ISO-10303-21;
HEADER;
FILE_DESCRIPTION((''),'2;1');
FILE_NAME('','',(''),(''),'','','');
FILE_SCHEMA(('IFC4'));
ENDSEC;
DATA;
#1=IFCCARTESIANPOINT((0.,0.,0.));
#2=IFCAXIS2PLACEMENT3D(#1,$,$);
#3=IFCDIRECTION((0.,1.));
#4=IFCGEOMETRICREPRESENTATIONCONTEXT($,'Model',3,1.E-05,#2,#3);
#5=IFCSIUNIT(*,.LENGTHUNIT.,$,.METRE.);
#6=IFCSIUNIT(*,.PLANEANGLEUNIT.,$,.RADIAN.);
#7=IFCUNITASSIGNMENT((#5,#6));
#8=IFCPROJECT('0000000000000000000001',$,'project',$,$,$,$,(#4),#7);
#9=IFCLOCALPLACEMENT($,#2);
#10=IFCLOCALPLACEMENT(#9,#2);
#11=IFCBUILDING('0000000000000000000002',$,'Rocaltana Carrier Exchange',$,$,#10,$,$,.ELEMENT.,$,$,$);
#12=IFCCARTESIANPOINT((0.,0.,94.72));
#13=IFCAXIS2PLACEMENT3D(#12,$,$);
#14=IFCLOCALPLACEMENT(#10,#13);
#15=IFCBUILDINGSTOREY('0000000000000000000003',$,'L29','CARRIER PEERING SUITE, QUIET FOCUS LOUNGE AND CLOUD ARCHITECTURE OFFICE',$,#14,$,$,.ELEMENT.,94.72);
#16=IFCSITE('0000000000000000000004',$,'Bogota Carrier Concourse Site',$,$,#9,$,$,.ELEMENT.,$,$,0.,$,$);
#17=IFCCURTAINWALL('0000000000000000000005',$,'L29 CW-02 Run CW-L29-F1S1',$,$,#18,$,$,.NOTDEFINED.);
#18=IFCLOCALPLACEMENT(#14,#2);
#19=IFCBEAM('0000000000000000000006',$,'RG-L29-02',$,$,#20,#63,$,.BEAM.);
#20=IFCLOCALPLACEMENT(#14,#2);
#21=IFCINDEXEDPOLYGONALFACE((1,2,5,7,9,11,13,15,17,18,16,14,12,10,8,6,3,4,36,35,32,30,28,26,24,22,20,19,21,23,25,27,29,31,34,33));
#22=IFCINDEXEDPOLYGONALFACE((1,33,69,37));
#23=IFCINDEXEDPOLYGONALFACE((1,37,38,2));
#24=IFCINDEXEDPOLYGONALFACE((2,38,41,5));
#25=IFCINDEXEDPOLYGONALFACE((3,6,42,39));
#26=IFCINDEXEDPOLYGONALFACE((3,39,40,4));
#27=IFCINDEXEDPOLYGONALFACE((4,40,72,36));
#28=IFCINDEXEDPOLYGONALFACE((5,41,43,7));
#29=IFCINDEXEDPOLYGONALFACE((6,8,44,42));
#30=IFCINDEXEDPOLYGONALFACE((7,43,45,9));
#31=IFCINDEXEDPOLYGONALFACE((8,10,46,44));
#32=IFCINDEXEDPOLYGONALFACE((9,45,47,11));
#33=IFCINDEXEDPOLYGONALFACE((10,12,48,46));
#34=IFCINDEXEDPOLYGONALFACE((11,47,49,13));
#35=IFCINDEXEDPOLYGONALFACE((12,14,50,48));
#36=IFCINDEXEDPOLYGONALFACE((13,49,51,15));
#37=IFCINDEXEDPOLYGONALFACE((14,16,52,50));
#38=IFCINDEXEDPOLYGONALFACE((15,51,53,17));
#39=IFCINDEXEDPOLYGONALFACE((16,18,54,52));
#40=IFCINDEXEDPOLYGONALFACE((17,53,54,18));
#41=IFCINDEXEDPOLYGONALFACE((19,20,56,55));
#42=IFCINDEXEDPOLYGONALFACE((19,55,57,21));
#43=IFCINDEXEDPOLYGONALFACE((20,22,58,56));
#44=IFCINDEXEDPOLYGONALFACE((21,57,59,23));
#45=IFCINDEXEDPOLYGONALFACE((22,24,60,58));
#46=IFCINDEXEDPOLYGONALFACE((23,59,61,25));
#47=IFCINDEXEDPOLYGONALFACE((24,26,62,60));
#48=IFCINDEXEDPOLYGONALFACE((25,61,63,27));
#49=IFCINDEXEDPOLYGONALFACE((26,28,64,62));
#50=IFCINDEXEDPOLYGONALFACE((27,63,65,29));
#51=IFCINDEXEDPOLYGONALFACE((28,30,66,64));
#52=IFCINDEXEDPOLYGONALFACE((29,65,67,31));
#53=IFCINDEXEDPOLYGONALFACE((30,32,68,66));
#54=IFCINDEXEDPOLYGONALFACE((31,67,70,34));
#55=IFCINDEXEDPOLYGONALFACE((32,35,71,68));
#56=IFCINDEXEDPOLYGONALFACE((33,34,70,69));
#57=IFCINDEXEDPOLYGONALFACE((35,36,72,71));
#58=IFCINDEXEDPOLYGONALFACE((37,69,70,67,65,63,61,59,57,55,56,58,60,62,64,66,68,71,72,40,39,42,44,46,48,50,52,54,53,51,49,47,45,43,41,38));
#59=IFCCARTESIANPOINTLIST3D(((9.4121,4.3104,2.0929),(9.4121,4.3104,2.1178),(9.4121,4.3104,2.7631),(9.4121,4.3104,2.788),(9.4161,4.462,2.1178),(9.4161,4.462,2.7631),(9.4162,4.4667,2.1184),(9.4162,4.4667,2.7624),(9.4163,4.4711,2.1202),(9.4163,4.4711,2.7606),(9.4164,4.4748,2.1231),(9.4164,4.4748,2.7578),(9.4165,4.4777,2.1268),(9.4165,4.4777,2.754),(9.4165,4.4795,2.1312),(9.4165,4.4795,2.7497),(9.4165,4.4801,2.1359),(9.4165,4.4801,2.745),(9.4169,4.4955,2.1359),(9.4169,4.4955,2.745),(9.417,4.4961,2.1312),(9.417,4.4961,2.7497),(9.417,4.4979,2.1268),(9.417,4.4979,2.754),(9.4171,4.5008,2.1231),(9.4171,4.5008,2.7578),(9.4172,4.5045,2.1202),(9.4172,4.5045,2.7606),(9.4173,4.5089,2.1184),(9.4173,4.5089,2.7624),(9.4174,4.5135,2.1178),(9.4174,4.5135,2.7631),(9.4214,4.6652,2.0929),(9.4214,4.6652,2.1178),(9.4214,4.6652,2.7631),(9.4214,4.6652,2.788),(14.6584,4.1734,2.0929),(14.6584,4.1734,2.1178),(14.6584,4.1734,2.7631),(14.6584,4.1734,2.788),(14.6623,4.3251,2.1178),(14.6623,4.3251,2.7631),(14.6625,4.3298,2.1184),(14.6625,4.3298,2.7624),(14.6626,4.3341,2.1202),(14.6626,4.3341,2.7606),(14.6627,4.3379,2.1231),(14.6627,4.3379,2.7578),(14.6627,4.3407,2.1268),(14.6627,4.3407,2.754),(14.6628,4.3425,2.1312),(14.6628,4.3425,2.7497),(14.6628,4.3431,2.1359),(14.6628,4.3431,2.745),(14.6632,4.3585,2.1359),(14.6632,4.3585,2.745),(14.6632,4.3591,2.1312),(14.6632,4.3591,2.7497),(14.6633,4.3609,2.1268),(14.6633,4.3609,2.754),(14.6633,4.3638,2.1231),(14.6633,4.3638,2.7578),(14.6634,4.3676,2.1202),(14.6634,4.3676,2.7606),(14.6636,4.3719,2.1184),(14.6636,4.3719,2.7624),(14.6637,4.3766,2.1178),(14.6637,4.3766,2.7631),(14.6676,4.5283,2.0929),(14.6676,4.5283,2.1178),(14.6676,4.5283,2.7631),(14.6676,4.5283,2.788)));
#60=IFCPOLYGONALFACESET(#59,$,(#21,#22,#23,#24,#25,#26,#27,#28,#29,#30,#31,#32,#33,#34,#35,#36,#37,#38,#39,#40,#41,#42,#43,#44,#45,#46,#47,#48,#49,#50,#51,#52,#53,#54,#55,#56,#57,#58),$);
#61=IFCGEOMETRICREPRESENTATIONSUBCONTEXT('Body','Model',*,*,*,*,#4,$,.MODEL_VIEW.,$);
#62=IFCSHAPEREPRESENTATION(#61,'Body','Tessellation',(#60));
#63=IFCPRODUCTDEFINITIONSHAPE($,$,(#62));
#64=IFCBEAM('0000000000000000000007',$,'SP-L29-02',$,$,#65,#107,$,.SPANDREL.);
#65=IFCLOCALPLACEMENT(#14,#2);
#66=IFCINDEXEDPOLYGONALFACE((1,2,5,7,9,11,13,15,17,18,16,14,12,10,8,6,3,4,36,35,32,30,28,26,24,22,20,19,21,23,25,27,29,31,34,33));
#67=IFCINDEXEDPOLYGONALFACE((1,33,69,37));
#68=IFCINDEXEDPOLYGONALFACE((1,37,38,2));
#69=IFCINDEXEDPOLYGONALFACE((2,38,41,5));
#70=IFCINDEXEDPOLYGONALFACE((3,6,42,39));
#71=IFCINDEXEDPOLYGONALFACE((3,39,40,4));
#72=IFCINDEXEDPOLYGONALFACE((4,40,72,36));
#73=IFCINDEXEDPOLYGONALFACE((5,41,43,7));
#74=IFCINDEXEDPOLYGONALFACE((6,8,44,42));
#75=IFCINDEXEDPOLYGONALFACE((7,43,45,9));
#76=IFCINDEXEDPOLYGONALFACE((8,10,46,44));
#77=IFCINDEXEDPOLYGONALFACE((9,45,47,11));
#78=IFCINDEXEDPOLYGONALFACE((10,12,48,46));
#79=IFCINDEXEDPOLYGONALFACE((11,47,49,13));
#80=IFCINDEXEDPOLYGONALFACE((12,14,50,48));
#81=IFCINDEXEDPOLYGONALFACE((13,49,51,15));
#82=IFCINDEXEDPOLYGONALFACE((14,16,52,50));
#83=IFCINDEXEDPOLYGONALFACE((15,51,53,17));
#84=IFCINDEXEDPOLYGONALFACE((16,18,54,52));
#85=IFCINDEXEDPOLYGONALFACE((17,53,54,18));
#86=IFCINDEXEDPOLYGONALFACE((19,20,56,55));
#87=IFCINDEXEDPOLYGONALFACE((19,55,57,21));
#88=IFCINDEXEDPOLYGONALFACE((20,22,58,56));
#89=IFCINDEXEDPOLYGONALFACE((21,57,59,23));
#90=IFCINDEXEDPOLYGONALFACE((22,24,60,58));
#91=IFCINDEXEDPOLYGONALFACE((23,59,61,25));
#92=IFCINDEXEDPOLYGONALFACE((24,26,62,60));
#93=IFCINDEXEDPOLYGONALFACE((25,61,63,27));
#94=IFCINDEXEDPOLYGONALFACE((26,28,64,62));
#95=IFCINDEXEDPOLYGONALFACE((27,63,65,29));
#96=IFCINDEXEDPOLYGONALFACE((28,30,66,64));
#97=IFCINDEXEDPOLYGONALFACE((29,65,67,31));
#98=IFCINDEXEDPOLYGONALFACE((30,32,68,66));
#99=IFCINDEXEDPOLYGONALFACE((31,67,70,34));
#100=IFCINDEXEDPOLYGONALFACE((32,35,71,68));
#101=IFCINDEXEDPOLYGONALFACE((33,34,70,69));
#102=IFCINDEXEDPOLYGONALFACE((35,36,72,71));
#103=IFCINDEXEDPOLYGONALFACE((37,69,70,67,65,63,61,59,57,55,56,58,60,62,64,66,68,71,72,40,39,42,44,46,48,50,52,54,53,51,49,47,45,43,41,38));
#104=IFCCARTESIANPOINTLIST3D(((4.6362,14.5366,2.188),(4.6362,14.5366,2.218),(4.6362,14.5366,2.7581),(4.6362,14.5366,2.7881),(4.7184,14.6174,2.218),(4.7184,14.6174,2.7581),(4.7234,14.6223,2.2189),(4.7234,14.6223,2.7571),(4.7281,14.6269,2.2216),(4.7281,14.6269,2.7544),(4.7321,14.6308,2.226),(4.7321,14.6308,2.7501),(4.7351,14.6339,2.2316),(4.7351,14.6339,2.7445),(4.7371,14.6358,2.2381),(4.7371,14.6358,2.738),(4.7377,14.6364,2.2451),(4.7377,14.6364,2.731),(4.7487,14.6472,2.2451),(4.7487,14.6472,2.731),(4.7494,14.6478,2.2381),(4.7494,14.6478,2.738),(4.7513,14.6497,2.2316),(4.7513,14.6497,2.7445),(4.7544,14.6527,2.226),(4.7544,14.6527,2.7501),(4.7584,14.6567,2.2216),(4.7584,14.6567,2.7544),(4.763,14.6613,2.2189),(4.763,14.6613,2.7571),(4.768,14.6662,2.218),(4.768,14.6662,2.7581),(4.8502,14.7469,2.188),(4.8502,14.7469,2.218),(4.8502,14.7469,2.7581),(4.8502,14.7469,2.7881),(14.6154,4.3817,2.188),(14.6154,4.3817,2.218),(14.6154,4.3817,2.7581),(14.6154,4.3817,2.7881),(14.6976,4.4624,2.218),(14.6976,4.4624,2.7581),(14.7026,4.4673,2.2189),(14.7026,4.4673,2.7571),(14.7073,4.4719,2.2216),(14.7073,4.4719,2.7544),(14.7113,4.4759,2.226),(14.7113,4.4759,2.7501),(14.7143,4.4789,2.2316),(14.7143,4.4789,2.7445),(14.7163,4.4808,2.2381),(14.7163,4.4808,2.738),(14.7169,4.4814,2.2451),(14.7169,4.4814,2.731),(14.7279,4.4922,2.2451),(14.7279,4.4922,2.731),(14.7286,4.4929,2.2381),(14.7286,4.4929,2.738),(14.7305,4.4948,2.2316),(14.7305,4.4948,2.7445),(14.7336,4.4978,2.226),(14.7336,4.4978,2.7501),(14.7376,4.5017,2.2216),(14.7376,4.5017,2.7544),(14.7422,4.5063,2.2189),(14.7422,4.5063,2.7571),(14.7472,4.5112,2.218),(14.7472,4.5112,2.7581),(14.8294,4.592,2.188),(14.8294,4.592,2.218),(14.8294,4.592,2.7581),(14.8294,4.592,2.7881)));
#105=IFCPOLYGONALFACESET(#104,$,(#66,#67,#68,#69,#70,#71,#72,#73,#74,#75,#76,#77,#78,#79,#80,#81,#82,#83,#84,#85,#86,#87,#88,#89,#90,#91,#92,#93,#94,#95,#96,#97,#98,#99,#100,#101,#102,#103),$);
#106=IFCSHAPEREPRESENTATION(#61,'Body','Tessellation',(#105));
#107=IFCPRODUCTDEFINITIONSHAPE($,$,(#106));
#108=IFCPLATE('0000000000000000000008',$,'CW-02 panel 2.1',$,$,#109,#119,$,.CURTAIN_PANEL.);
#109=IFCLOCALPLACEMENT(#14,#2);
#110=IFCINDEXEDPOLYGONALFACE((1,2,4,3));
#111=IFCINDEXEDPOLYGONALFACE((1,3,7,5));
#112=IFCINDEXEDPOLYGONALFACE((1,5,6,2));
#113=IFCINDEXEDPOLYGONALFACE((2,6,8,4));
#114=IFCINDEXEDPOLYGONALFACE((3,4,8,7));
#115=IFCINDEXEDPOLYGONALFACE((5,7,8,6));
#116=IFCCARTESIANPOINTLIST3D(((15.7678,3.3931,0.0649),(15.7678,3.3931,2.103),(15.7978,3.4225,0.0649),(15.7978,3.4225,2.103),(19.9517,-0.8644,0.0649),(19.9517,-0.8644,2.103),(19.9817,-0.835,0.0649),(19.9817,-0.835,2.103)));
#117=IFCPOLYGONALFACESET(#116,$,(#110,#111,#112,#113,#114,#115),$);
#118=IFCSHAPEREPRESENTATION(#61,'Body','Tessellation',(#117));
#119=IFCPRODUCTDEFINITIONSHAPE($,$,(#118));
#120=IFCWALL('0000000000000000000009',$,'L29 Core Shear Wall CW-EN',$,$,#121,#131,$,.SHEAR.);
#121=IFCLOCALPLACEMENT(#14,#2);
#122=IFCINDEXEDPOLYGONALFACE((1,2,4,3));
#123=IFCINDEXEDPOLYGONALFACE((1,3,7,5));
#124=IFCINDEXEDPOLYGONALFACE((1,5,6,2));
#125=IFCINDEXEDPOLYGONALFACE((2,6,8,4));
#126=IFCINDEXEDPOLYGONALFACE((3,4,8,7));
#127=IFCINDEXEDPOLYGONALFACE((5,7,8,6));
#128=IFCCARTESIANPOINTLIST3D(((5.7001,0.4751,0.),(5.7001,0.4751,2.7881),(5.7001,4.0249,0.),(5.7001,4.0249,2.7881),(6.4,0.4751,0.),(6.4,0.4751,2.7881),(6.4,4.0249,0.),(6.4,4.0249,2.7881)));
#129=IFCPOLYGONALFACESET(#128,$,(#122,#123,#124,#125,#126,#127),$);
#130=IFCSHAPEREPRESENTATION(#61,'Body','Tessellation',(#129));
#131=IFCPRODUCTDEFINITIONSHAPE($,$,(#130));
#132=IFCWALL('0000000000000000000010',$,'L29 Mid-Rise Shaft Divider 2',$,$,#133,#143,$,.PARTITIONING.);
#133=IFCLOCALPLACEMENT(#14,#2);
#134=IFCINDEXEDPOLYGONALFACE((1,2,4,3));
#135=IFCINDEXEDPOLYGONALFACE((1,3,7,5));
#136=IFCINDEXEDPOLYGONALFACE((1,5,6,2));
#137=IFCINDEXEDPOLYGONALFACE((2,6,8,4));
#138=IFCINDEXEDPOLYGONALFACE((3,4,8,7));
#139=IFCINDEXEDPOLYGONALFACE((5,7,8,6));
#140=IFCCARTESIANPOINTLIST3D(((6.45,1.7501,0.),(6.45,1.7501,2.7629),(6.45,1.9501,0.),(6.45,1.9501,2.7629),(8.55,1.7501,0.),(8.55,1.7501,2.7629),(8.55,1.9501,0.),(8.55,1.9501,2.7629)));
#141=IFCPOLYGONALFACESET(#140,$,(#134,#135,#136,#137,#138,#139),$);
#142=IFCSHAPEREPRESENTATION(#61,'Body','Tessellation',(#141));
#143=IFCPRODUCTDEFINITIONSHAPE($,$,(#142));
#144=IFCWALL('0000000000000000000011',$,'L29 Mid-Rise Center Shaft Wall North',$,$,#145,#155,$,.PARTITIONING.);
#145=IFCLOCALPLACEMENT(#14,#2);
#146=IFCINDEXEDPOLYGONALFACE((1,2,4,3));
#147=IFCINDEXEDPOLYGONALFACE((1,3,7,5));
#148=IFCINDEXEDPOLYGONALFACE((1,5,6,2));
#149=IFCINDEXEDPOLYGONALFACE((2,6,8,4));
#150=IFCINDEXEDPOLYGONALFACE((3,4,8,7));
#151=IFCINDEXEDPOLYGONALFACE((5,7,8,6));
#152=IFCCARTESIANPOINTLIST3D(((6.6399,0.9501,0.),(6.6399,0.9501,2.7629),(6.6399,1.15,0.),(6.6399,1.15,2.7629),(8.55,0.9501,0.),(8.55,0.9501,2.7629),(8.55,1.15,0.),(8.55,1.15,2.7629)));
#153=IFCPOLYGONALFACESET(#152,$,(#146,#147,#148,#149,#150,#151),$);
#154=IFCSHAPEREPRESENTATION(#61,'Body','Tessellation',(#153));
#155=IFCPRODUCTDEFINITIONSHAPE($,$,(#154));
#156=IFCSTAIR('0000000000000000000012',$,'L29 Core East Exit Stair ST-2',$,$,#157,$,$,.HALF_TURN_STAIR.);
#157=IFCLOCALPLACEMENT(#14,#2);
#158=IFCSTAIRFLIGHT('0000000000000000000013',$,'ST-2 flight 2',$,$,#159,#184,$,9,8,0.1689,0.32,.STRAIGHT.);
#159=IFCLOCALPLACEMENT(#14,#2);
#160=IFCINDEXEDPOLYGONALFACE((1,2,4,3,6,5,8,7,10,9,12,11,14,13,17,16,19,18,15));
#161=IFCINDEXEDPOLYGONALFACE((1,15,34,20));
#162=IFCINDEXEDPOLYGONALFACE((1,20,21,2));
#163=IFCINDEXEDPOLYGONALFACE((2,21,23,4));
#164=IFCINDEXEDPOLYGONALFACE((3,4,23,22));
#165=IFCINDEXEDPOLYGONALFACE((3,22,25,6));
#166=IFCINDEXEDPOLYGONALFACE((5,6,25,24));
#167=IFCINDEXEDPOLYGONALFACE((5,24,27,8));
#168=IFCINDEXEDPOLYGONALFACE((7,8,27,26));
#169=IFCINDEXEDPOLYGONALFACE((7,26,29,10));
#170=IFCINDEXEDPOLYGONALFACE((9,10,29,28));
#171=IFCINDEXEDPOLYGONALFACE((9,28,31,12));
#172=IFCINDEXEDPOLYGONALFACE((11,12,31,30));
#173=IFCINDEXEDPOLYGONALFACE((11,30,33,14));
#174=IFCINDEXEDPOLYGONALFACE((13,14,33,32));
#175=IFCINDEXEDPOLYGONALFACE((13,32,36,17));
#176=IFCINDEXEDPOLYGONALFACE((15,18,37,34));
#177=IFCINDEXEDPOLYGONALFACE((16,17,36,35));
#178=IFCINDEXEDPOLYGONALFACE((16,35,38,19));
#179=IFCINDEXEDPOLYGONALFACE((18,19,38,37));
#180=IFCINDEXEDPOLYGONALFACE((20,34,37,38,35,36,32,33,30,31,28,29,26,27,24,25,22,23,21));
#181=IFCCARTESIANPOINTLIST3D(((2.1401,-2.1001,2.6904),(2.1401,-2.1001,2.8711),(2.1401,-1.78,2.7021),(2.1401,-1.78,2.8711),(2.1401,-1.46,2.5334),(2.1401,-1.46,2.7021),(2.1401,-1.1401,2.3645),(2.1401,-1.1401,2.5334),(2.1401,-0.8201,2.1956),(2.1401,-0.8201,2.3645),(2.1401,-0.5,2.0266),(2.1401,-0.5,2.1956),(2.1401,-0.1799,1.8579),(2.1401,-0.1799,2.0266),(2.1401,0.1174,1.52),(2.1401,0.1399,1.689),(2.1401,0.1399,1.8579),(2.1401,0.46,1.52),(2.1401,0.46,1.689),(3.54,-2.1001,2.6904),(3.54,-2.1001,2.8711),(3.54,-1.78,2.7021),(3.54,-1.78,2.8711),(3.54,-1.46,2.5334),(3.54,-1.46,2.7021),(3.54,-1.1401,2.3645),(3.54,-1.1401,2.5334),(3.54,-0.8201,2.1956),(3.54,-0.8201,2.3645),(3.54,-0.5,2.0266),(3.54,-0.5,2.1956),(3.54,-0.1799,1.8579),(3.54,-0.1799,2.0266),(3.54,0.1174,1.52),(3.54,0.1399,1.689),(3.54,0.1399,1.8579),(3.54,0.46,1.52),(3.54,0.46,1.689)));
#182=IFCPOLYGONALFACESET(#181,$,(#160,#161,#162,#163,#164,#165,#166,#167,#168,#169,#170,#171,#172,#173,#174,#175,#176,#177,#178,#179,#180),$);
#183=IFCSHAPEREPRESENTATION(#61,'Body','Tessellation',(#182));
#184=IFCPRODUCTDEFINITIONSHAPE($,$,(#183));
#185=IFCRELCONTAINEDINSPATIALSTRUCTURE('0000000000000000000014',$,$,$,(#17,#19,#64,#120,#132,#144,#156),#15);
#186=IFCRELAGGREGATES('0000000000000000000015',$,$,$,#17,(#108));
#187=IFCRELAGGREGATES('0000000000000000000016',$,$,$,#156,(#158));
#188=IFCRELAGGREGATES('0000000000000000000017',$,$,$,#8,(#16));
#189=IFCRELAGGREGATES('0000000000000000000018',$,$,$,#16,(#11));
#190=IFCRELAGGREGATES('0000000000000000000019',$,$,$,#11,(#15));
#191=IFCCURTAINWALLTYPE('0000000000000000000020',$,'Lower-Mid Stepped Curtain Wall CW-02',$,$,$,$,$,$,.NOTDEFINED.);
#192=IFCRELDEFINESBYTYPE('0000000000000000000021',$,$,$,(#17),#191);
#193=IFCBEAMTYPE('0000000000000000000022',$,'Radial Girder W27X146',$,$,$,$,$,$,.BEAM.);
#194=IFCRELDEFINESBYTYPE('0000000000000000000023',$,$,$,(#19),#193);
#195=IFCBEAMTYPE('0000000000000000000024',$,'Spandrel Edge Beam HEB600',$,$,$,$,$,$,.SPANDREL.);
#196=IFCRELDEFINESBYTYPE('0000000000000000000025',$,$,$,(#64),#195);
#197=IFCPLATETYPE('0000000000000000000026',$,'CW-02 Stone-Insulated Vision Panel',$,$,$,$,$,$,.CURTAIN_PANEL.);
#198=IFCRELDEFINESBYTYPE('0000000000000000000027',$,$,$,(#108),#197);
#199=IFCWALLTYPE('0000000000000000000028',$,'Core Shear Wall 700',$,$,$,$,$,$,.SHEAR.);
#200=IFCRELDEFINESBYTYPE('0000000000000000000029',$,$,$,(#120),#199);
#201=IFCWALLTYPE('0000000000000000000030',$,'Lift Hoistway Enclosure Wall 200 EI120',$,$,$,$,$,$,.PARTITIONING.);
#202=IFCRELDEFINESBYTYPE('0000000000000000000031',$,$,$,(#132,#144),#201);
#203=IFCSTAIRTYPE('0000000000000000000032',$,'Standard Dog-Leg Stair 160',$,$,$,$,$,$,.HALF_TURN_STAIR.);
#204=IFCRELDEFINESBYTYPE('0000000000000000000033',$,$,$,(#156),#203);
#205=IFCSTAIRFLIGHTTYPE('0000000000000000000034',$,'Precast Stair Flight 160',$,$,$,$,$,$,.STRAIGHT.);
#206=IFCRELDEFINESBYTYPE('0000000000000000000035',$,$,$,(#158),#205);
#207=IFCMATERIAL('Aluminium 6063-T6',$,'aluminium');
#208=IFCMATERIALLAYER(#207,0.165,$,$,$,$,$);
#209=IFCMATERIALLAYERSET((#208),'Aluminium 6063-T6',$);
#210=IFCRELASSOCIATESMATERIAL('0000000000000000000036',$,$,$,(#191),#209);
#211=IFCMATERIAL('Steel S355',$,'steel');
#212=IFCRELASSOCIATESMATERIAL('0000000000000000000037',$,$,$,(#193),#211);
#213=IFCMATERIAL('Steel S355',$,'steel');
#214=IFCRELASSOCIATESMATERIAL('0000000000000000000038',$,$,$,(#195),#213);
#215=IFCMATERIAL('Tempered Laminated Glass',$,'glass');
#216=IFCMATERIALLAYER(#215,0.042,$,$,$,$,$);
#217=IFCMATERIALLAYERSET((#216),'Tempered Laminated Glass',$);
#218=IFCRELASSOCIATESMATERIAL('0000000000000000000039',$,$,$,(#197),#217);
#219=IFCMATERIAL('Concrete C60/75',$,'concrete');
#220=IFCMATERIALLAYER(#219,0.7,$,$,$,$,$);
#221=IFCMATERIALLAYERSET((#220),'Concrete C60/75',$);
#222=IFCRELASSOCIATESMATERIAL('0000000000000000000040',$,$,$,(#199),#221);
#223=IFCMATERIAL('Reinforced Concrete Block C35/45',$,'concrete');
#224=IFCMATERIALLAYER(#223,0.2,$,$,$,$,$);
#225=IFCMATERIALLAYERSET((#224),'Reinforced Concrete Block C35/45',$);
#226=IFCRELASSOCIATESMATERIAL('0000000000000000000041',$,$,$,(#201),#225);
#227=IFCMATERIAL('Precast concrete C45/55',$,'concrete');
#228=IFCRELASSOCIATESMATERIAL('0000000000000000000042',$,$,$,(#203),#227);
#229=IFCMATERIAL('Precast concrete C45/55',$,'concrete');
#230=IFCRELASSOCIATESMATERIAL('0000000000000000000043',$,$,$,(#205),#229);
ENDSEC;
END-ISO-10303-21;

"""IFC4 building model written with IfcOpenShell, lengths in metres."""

from ifc_helpers import new_model, si_unit, direction, frame, frame_2d, origin, origin_2d, place, context, subcontext, project, spatial, polyline, rectangle, i_section, outline, extrude, material, layer, layer_set, material_profile, profile_set, type_object, element, aggregate, save


model = new_model("IFC4")

# Units and contexts
model_context = context("Model", 3, precision=1e-05, world=origin(), true_north=direction((0.0, 1.0)))
body_context = subcontext(model_context, "Body", "Model", "MODEL_VIEW")
ifc_project = project(units=[si_unit("LENGTHUNIT", "METRE"), si_unit("PLANEANGLEUNIT", "RADIAN")], contexts=[model_context])

# Site, building, storey
site_placement = place(None, origin())
site = spatial("IfcSite", under=ifc_project, at=site_placement, Name="Bogota Carrier Concourse Site", CompositionType="ELEMENT", RefElevation=0.0)
building_placement = place(site_placement, origin())
building = spatial("IfcBuilding", under=site, at=building_placement, Name="Rocaltana Carrier Exchange", CompositionType="ELEMENT")
storey_placement = place(building_placement, frame((0.0, 0.0, 94.72)))
storey = spatial("IfcBuildingStorey", under=building, at=storey_placement, Name="L29", Description="CARRIER PEERING SUITE, QUIET FOCUS LOUNGE AND CLOUD ARCHITECTURE OFFICE", CompositionType="ELEMENT", Elevation=94.72)

# Curtain wall
ifc_material_1 = material(Name="Aluminium 6063-T6", Category="aluminium")
ifc_layer_1 = layer(ifc_material_1, 0.165)
ifc_layer_set_1 = layer_set([ifc_layer_1], Name="Aluminium 6063-T6")
curtain_wall_type = type_object("IfcCurtainWallType", Name="Lower-Mid Stepped Curtain Wall CW-02", PredefinedType="NOTDEFINED", material=ifc_layer_set_1)
curtain_wall_placement = place(storey_placement, origin())
curtain_wall = element("IfcCurtainWall", 1, at=curtain_wall_placement, inside=storey, type_object=curtain_wall_type, Name="L29 CW-02 Run CW-L29-F1S1", PredefinedType="NOTDEFINED")

# Beams
ifc_material_2 = material(Name="Steel S355", Category="steel")
ifc_material_profile_1 = material_profile(ifc_material_2, i_section(OverallWidth=0.355, OverallDepth=0.6951, WebThickness=0.0154, FlangeThickness=0.0249, FilletRadius=0.0181, at=origin_2d()), Name="W27X146")
ifc_profile_set_1 = profile_set([ifc_material_profile_1], Name="Steel S355")
beam_type_1 = type_object("IfcBeamType", Name="Radial Girder W27X146", PredefinedType="BEAM", material=ifc_profile_set_1)
beam_1_placement = place(storey_placement, frame((9.4167, 4.4878, 2.4404), z_axis=(0.999659, -0.026097, 0.0), x_axis=(0.026097, 0.999659, 0.0)))
element("IfcBeam", 2, at=beam_1_placement, inside=storey, type_object=beam_type_1, Name="RG-L29-02", PredefinedType="BEAM", context=body_context, shape_type="SweptSolid", body=[
    extrude(i_section(OverallWidth=0.355, OverallDepth=0.6951, WebThickness=0.0154, FlangeThickness=0.0249, FilletRadius=0.0181, at=origin_2d()), origin(), (0.0, 0.0, 1.0), 5.248),
])
ifc_material_3 = material(Name="Steel S355", Category="steel")
ifc_material_profile_2 = material_profile(ifc_material_3, i_section(OverallWidth=0.3, OverallDepth=0.6001, WebThickness=0.0154, FlangeThickness=0.03, FilletRadius=0.0271, at=origin_2d()), Name="HEB600")
ifc_profile_set_2 = profile_set([ifc_material_profile_2], Name="Steel S355")
beam_type_2 = type_object("IfcBeamType", Name="Spandrel Edge Beam HEB600", PredefinedType="SPANDREL", material=ifc_profile_set_2)
beam_2_placement = place(storey_placement, frame((14.7224, 4.4868, 2.488), z_axis=(-0.700907, 0.713253, 0.0), x_axis=(-0.713253, -0.700907, 0.0)))
element("IfcBeam", 3, at=beam_2_placement, inside=storey, type_object=beam_type_2, Name="SP-L29-02", PredefinedType="SPANDREL", context=body_context, shape_type="SweptSolid", body=[
    extrude(i_section(OverallWidth=0.3, OverallDepth=0.6001, WebThickness=0.0154, FlangeThickness=0.03, FilletRadius=0.0271, at=origin_2d()), origin(), (0.0, 0.0, 1.0), 14.2375),
])

# Plate
ifc_material_4 = material(Name="Tempered Laminated Glass", Category="glass")
ifc_layer_2 = layer(ifc_material_4, 0.042)
ifc_layer_set_2 = layer_set([ifc_layer_2], Name="Tempered Laminated Glass")
plate_type = type_object("IfcPlateType", Name="CW-02 Stone-Insulated Vision Panel", PredefinedType="CURTAIN_PANEL", material=ifc_layer_set_2)
plate_placement = place(storey_placement, frame((17.8748, 1.2791, 0.0649), z_axis=(0.0, 0.0, 1.0), x_axis=(-0.700915, 0.713245, 0.0)))
plate = element("IfcPlate", 4, at=plate_placement, type_object=plate_type, Name="CW-02 panel 2.1", PredefinedType="CURTAIN_PANEL", context=body_context, shape_type="SweptSolid", body=[
    extrude(rectangle(XDim=5.9692, YDim=0.042, at=origin_2d()), origin(), (0.0, 0.0, 1.0), 2.0381),
])
aggregate(curtain_wall, [plate])

# Walls
ifc_material_5 = material(Name="Concrete C60/75", Category="concrete")
ifc_layer_3 = layer(ifc_material_5, 0.7)
ifc_layer_set_3 = layer_set([ifc_layer_3], Name="Concrete C60/75")
wall_type_1 = type_object("IfcWallType", Name="Core Shear Wall 700", PredefinedType="SHEAR", material=ifc_layer_set_3)
wall_1_placement = place(storey_placement, frame((6.05, 0.4751, 0.0), z_axis=(0.0, 0.0, 1.0), x_axis=(0.0, 1.0, 0.0)))
element("IfcWall", 5, at=wall_1_placement, inside=storey, type_object=wall_type_1, Name="L29 Core Shear Wall CW-EN", PredefinedType="SHEAR", context=body_context, shape_type="SweptSolid", body=[
    extrude(rectangle(XDim=3.5498, YDim=0.7, at=frame_2d((1.7749, 0.0))), origin(), (0.0, 0.0, 1.0), 2.7881),
])
ifc_material_6 = material(Name="Reinforced Concrete Block C35/45", Category="concrete")
ifc_layer_4 = layer(ifc_material_6, 0.2)
ifc_layer_set_4 = layer_set([ifc_layer_4], Name="Reinforced Concrete Block C35/45")
wall_type_2 = type_object("IfcWallType", Name="Lift Hoistway Enclosure Wall 200 EI120", PredefinedType="PARTITIONING", material=ifc_layer_set_4)
wall_2_placement = place(storey_placement, frame((6.45, 1.8501, 0.0), z_axis=(0.0, 0.0, 1.0), x_axis=(1.0, 0.0, 0.0)))
element("IfcWall", 6, at=wall_2_placement, inside=storey, type_object=wall_type_2, Name="L29 Mid-Rise Shaft Divider 2", PredefinedType="PARTITIONING", context=body_context, shape_type="SweptSolid", body=[
    extrude(rectangle(XDim=2.1001, YDim=0.2, at=frame_2d((1.05, 0.0))), origin(), (0.0, 0.0, 1.0), 2.7629),
])
wall_3_placement = place(storey_placement, frame((6.6399, 1.05, 0.0), z_axis=(0.0, 0.0, 1.0), x_axis=(1.0, 0.0, 0.0)))
element("IfcWall", 7, at=wall_3_placement, inside=storey, type_object=wall_type_2, Name="L29 Mid-Rise Center Shaft Wall North", PredefinedType="PARTITIONING", context=body_context, shape_type="SweptSolid", body=[
    extrude(rectangle(XDim=1.9102, YDim=0.2, at=frame_2d((0.9551, 0.0))), origin(), (0.0, 0.0, 1.0), 2.7629),
])

# Stair, stair flight
ifc_material_7 = material(Name="Precast concrete C45/55", Category="concrete")
stair_type = type_object("IfcStairType", Name="Standard Dog-Leg Stair 160", PredefinedType="HALF_TURN_STAIR", material=ifc_material_7)
stair_placement = place(storey_placement, origin())
stair = element("IfcStair", 8, at=stair_placement, inside=storey, type_object=stair_type, Name="L29 Core East Exit Stair ST-2", PredefinedType="HALF_TURN_STAIR")
ifc_material_8 = material(Name="Precast concrete C45/55", Category="concrete")
stair_flight_type = type_object("IfcStairFlightType", Name="Precast Stair Flight 160", PredefinedType="STRAIGHT", material=ifc_material_8)
stair_flight_placement = place(storey_placement, frame((2.8401, 0.46, 1.52), z_axis=(0.0, 0.0, 1.0), x_axis=(0.0, -1.0, 0.0)))
stair_flight = element("IfcStairFlight", 9, at=stair_flight_placement, type_object=stair_flight_type, Name="ST-2 flight 2", NumberOfRisers=9, NumberOfTreads=8, PredefinedType="STRAIGHT", RiserHeight=0.1689, TreadLength=0.32, context=body_context, shape_type="SweptSolid", body=[
    extrude(outline(polyline([(0.0, 0.0), (0.0, 0.1689), (0.3201, 0.1689), (0.3201, 0.3379), (0.6399, 0.3379), (0.6399, 0.5066), (0.96, 0.5066), (0.96, 0.6755), (1.28, 0.6755), (1.28, 0.8445), (1.6001, 0.8445), (1.6001, 1.0134), (1.9199, 1.0134), (1.9199, 1.1821), (2.24, 1.1821), (2.24, 1.3511), (2.5601, 1.3511), (2.5601, 1.52), (2.5601, 1.1704), (0.3425, 0.0), (0.0, 0.0)])), frame((0.0, 0.7, 0.0), z_axis=(0.0, -1.0, 0.0), x_axis=(1.0, 0.0, 0.0)), (0.0, 0.0, 1.0), 1.3999),
])
aggregate(stair, [stair_flight])

save(model, "model.ifc")
